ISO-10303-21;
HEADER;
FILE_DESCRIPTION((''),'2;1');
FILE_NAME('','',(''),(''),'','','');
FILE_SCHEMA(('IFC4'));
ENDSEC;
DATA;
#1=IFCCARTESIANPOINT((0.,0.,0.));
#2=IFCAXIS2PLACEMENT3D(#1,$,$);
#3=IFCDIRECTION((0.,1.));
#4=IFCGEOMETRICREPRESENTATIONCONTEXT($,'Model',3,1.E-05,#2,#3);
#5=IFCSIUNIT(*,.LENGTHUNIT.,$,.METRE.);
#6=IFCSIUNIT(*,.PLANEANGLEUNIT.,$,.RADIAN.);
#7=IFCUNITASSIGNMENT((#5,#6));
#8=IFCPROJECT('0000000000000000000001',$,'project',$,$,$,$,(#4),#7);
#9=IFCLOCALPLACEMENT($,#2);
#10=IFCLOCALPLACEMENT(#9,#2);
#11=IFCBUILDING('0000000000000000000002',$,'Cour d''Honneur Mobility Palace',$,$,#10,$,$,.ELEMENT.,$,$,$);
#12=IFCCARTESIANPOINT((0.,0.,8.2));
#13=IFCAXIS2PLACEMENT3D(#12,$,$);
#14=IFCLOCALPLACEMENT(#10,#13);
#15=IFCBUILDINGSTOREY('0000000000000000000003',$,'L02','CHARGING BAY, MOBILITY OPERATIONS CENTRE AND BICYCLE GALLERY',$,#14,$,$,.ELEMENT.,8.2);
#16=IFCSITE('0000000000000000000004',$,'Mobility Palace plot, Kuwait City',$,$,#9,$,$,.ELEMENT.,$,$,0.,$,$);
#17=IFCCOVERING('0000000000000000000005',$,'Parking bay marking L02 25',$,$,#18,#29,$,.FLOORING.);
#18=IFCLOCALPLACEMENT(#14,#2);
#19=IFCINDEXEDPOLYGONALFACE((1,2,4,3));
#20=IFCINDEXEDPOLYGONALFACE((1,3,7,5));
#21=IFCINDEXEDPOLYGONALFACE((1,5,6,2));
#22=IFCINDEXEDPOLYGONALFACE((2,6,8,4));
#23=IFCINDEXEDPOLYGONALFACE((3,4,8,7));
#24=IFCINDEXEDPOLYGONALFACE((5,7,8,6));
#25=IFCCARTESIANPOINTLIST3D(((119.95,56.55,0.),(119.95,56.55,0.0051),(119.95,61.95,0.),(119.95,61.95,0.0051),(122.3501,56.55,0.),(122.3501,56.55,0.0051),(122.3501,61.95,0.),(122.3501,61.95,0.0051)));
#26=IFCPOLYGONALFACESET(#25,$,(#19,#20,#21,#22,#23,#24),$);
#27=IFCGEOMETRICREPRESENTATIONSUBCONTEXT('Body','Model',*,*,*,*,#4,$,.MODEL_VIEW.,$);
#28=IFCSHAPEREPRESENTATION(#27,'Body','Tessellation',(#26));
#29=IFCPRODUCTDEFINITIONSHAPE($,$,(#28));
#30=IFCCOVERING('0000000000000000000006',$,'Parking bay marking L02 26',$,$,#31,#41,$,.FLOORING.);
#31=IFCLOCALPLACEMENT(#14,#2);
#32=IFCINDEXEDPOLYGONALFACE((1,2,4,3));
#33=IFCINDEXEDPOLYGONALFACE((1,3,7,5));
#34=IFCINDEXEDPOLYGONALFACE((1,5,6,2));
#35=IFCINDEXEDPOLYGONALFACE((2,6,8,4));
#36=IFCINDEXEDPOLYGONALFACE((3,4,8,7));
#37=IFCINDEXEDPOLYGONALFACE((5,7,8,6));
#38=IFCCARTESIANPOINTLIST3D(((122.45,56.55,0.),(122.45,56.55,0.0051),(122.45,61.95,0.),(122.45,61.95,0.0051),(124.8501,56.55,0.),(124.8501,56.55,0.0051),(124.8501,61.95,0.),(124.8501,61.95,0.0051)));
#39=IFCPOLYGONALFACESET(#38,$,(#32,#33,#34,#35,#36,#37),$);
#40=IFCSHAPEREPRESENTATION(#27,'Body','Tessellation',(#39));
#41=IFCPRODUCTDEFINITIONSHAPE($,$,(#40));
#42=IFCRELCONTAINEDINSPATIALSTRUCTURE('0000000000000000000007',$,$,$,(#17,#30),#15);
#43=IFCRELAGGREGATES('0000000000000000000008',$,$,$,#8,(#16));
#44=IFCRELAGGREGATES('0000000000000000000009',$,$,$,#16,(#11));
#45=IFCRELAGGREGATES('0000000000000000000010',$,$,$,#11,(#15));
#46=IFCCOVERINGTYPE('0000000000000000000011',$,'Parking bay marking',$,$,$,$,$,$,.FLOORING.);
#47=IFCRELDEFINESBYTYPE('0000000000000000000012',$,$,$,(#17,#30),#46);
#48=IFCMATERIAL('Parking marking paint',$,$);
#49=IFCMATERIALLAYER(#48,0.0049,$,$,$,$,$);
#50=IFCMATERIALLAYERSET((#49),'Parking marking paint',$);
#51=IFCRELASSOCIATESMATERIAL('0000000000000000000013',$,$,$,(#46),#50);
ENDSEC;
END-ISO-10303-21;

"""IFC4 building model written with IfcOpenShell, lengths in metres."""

from ifc_helpers import new_model, si_unit, direction, frame, origin, place, context, subcontext, project, spatial, polyline, outline, extrude, material, layer, layer_set, type_object, element, save


model = new_model("IFC4")

# Units and contexts
model_context = context("Model", 3, precision=1e-05, world=origin(), true_north=direction((0.0, 1.0)))
body_context = subcontext(model_context, "Body", "Model", "MODEL_VIEW")
ifc_project = project(units=[si_unit("LENGTHUNIT", "METRE"), si_unit("PLANEANGLEUNIT", "RADIAN")], contexts=[model_context])

# Site, building, storey
site_placement = place(None, origin())
site = spatial("IfcSite", under=ifc_project, at=site_placement, Name="Mobility Palace plot, Kuwait City", CompositionType="ELEMENT", RefElevation=0.0)
building_placement = place(site_placement, origin())
building = spatial("IfcBuilding", under=site, at=building_placement, Name="Cour d'Honneur Mobility Palace", CompositionType="ELEMENT")
storey_placement = place(building_placement, frame((0.0, 0.0, 8.2)))
storey = spatial("IfcBuildingStorey", under=building, at=storey_placement, Name="L02", Description="CHARGING BAY, MOBILITY OPERATIONS CENTRE AND BICYCLE GALLERY", CompositionType="ELEMENT", Elevation=8.2)

# Coverings
ifc_material_1 = material(Name="Parking marking paint")
ifc_layer_1 = layer(ifc_material_1, 0.0049)
ifc_layer_set_1 = layer_set([ifc_layer_1], Name="Parking marking paint")
covering_type_1 = type_object("IfcCoveringType", Name="Parking bay marking", PredefinedType="FLOORING", material=ifc_layer_set_1)
covering_1_placement = place(storey_placement, origin())
element("IfcCovering", 1, at=covering_1_placement, inside=storey, type_object=covering_type_1, Name="Parking bay marking L02 25", PredefinedType="FLOORING", context=body_context, shape_type="SweptSolid", body=[
    extrude(outline(polyline([(122.3501, 56.55), (119.95, 56.55), (119.95, 61.95), (122.3501, 61.95), (122.3501, 56.55)])), origin(), (0.0, 0.0, 1.0), 0.0051),
])
covering_2_placement = place(storey_placement, origin())
element("IfcCovering", 2, at=covering_2_placement, inside=storey, type_object=covering_type_1, Name="Parking bay marking L02 26", PredefinedType="FLOORING", context=body_context, shape_type="SweptSolid", body=[
    extrude(outline(polyline([(124.8501, 56.55), (122.45, 56.55), (122.45, 61.95), (124.8501, 61.95), (124.8501, 56.55)])), origin(), (0.0, 0.0, 1.0), 0.0051),
])

save(model, "model.ifc")
